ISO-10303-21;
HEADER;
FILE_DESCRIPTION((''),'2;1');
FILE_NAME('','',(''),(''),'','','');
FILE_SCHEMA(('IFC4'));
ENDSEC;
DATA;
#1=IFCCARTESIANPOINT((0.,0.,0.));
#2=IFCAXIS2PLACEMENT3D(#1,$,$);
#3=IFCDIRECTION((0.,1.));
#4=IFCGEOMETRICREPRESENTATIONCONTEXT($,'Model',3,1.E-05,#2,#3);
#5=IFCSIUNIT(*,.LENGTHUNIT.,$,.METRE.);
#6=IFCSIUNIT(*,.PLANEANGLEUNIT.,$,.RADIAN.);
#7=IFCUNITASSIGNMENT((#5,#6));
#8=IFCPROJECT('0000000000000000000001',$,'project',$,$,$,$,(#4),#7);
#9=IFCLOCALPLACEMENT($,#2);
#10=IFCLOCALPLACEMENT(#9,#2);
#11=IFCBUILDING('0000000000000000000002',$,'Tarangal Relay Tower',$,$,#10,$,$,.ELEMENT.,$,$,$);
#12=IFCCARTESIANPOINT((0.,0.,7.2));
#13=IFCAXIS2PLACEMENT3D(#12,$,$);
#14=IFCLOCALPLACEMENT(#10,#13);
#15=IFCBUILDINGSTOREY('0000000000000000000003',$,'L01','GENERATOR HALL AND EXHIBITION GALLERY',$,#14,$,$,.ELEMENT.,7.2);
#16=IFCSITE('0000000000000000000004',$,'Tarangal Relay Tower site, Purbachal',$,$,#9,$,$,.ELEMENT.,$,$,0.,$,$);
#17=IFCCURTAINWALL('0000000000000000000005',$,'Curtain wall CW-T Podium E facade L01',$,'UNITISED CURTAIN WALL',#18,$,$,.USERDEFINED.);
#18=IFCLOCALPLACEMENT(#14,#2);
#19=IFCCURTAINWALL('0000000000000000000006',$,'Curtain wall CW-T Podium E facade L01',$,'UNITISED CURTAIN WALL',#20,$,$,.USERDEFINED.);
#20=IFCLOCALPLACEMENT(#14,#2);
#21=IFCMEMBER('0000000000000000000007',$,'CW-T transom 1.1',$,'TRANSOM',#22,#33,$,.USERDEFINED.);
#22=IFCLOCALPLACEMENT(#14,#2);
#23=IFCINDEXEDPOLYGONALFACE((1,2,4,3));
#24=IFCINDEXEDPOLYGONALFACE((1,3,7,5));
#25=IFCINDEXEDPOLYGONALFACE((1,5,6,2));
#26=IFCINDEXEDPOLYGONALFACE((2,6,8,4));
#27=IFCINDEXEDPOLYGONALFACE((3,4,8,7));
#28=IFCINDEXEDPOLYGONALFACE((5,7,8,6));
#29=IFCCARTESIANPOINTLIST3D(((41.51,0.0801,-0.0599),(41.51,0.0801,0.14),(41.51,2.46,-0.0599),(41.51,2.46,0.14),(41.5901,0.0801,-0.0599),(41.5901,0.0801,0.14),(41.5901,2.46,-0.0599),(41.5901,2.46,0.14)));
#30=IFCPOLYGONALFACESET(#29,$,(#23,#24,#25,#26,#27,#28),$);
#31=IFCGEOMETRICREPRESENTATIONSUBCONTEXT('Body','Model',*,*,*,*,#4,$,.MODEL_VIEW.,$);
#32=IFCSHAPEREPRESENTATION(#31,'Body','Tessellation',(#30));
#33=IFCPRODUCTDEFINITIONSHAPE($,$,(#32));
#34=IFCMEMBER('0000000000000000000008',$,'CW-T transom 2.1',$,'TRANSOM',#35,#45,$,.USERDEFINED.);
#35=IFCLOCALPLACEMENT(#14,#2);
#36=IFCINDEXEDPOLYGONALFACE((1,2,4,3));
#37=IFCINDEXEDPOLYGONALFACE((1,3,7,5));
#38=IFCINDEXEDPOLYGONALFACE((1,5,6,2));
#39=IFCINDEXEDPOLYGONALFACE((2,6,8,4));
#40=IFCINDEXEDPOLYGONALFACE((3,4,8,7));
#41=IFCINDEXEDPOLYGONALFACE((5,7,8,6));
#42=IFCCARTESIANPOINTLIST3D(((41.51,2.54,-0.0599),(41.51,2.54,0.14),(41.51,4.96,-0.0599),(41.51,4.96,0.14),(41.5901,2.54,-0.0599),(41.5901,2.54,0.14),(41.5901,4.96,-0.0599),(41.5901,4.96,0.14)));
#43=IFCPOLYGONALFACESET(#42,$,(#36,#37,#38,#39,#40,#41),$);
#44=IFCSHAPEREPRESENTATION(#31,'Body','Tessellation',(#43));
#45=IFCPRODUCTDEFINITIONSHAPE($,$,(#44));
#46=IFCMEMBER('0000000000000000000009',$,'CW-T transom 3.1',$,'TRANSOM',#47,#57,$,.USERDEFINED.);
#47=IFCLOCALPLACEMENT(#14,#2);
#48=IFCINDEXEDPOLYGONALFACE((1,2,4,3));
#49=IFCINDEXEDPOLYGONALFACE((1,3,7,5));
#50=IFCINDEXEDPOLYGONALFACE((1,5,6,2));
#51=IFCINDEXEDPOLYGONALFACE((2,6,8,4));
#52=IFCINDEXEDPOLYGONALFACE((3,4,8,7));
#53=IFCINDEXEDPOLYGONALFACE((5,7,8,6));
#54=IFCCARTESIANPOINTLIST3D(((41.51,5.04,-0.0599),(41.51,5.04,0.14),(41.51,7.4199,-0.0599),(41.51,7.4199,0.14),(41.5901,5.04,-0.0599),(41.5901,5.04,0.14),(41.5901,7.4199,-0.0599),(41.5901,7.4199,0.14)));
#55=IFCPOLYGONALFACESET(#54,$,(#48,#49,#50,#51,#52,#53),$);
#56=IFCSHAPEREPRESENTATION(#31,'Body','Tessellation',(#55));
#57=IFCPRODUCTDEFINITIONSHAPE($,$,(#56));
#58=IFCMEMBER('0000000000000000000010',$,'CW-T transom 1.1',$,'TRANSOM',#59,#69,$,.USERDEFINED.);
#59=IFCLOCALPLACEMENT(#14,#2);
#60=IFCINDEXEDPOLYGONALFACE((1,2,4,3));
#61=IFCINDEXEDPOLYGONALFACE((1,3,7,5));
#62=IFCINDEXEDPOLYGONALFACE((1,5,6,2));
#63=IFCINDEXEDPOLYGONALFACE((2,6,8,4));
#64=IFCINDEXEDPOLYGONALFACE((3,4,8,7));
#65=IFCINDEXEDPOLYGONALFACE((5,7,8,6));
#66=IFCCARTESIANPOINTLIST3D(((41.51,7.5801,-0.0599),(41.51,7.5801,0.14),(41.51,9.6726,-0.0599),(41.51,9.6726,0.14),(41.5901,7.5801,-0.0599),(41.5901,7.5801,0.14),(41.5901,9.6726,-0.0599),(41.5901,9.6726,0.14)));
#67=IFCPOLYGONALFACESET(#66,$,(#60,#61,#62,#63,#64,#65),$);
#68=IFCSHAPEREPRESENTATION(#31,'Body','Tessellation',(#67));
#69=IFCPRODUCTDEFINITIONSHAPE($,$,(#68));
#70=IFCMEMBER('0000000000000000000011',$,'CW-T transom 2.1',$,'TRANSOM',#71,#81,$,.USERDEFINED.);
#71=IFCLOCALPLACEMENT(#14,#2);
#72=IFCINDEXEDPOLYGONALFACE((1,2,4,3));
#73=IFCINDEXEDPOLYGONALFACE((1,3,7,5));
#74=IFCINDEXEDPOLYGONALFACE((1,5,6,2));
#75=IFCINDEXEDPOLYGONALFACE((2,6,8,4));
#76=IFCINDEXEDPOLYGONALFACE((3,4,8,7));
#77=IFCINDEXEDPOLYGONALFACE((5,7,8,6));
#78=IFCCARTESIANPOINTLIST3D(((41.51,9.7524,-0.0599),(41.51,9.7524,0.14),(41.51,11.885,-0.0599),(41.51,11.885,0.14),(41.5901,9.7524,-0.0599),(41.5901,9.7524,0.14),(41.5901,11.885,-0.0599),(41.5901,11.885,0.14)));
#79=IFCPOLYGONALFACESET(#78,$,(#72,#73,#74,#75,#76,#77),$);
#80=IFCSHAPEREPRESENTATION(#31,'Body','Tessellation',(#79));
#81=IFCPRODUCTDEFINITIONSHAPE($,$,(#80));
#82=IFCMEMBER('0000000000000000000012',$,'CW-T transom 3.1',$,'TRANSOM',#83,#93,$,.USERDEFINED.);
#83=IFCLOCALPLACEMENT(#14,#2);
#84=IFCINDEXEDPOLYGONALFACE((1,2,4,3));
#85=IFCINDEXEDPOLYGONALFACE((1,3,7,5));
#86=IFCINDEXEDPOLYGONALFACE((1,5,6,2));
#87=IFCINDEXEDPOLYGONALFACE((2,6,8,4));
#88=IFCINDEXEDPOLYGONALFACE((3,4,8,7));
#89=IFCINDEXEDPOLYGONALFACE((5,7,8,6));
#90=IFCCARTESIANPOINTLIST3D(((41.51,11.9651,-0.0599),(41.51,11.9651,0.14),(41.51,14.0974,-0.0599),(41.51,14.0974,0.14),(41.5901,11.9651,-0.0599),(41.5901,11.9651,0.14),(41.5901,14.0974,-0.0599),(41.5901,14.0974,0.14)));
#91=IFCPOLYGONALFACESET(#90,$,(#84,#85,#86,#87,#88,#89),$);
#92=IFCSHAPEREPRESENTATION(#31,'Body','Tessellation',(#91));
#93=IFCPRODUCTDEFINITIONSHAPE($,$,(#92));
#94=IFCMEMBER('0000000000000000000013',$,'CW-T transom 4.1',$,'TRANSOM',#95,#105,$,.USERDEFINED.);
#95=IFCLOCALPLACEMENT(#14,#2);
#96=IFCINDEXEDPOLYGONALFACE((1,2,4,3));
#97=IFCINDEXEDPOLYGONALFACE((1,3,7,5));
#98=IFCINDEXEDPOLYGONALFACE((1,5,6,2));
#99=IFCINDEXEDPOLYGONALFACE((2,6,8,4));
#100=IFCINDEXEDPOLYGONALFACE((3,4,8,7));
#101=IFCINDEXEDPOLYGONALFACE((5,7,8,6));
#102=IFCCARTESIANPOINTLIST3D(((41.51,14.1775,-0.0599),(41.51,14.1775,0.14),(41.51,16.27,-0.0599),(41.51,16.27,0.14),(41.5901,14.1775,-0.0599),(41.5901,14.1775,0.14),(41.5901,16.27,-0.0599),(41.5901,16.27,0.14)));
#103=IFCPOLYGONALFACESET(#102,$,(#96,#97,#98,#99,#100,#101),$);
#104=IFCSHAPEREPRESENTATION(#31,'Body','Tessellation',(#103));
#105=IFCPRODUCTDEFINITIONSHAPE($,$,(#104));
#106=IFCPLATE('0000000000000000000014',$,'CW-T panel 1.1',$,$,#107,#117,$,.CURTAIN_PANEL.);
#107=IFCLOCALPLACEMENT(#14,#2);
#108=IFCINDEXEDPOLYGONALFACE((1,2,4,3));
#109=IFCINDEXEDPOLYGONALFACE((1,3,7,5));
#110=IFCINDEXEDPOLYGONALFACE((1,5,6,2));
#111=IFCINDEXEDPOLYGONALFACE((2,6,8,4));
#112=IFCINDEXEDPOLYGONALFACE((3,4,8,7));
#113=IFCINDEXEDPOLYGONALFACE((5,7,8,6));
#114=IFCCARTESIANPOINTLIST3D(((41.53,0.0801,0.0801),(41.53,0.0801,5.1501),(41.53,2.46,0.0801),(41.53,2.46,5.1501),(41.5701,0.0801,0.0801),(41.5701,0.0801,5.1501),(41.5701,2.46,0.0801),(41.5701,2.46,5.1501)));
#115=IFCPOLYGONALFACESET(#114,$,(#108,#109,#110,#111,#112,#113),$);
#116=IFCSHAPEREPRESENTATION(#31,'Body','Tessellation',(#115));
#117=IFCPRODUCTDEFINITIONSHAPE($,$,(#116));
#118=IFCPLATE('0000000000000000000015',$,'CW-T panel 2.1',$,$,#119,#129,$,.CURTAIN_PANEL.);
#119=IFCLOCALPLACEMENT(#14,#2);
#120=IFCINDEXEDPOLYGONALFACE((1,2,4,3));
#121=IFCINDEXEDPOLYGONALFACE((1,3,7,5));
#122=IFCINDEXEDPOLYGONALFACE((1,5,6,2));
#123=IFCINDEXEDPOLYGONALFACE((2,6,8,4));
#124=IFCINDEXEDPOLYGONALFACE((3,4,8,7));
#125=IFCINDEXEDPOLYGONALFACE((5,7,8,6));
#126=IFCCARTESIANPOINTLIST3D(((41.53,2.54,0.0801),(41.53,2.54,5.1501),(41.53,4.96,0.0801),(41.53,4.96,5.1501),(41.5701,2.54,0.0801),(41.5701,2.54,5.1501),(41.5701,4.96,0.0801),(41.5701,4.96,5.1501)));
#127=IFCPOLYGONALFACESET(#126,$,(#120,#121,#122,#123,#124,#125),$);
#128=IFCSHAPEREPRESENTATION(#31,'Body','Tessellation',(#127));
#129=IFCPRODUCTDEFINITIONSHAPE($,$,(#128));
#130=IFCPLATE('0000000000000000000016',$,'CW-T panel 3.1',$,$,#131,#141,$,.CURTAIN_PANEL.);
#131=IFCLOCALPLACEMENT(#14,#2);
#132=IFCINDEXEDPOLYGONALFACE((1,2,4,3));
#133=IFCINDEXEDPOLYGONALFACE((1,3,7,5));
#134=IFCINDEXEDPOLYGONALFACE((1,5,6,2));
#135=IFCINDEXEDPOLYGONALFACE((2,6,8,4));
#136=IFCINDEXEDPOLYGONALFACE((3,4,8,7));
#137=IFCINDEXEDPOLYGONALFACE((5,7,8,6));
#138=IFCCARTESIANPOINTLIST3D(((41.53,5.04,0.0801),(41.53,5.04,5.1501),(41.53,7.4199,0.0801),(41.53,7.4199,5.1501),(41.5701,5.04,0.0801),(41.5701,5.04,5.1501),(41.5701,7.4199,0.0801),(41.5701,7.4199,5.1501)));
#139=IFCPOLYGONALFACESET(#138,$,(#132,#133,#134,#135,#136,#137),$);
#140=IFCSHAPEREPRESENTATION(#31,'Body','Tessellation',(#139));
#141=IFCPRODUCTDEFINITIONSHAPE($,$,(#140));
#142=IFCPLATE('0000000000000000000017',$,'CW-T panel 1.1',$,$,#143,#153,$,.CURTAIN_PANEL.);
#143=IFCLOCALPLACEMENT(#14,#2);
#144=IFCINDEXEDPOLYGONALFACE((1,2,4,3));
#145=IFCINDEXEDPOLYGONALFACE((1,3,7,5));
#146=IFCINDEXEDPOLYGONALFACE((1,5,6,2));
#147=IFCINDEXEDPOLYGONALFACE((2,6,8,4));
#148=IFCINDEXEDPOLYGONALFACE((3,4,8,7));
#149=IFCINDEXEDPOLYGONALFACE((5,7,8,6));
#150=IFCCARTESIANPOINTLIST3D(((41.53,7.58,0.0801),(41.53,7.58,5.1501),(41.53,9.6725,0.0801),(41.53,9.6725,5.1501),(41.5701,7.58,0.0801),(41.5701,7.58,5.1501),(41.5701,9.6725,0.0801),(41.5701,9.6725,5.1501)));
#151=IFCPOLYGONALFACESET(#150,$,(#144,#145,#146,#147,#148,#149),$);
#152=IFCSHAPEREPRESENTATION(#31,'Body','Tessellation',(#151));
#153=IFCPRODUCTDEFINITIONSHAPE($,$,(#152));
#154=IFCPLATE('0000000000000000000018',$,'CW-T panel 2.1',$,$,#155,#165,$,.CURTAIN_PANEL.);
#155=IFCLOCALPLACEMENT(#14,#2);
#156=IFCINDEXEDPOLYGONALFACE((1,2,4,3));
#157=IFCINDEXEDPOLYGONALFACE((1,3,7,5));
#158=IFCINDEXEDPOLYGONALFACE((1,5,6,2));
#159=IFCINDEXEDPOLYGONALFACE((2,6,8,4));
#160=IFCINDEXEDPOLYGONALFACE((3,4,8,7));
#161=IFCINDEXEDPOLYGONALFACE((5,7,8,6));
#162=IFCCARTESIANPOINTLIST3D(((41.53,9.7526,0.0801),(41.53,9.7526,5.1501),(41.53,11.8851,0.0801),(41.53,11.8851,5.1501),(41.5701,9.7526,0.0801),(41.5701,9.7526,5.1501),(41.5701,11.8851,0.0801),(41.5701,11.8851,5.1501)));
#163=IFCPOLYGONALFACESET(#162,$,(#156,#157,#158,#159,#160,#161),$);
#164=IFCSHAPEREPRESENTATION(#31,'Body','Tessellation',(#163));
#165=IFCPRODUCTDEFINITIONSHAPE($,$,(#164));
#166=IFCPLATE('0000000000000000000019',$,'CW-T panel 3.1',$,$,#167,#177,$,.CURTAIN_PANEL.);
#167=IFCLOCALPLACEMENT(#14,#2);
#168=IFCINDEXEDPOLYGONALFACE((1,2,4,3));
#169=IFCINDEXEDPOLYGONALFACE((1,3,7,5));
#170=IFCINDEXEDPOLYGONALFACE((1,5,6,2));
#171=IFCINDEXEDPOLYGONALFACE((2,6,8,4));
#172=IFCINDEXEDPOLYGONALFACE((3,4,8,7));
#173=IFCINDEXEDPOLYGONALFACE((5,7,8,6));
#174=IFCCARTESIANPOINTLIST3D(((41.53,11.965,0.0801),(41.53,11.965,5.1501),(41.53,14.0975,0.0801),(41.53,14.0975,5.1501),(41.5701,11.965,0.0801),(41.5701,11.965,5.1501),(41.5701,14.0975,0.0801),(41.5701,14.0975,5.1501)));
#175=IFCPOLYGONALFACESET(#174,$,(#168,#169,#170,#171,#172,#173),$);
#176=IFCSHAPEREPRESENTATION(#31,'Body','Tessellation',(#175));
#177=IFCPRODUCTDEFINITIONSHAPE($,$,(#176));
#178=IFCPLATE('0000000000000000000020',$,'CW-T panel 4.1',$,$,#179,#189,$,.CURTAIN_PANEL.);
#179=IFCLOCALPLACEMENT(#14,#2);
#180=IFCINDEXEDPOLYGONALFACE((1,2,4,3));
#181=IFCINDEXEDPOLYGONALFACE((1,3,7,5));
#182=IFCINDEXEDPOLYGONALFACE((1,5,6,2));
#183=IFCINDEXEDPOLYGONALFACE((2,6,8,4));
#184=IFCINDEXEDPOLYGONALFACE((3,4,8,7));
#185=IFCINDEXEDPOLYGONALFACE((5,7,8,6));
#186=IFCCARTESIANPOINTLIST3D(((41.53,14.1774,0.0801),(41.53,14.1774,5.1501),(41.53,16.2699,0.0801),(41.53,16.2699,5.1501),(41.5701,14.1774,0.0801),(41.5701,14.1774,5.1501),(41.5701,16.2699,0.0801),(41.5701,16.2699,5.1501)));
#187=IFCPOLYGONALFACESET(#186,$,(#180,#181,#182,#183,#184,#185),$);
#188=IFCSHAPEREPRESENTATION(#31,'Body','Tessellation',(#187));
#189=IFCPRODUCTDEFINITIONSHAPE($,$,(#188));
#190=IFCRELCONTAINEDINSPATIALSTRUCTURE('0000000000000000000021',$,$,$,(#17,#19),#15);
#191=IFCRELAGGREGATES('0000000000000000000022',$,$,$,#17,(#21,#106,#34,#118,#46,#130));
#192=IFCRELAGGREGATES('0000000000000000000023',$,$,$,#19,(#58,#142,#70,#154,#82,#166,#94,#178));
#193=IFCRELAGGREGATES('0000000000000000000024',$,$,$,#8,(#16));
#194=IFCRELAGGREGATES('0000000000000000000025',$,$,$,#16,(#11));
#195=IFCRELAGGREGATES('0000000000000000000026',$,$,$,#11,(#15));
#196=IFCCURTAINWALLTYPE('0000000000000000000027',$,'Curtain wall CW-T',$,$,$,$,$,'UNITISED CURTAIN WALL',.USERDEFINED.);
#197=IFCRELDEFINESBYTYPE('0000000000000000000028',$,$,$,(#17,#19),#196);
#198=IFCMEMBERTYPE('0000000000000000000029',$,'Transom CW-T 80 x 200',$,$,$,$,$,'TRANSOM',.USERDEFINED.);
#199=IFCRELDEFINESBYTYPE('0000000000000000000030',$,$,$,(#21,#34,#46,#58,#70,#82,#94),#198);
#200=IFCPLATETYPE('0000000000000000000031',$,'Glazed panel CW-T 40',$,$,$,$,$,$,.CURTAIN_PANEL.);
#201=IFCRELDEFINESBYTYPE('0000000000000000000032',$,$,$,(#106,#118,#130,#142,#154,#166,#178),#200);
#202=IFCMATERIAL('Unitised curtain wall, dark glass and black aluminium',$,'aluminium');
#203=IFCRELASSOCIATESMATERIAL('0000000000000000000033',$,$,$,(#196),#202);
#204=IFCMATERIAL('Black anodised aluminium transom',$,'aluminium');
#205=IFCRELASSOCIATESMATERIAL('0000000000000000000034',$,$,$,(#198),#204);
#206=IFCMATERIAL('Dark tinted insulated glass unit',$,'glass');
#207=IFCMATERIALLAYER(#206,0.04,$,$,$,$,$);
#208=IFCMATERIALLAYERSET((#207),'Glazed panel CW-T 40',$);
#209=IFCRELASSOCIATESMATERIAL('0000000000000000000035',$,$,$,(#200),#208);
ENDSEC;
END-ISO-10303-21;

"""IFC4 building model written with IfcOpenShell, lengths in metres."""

from ifc_helpers import new_model, si_unit, direction, frame, origin, origin_2d, place, context, subcontext, project, spatial, rectangle, extrude, material, layer, layer_set, material_profile, profile_set, type_object, element, aggregate, save


model = new_model("IFC4")

# Units and contexts
model_context = context("Model", 3, precision=1e-05, world=origin(), true_north=direction((0.0, 1.0)))
body_context = subcontext(model_context, "Body", "Model", "MODEL_VIEW")
ifc_project = project(units=[si_unit("LENGTHUNIT", "METRE"), si_unit("PLANEANGLEUNIT", "RADIAN")], contexts=[model_context])

# Site, building, storey
site_placement = place(None, origin())
site = spatial("IfcSite", under=ifc_project, at=site_placement, Name="Tarangal Relay Tower site, Purbachal", CompositionType="ELEMENT", RefElevation=0.0)
building_placement = place(site_placement, origin())
building = spatial("IfcBuilding", under=site, at=building_placement, Name="Tarangal Relay Tower", CompositionType="ELEMENT")
storey_placement = place(building_placement, frame((0.0, 0.0, 7.2)))
storey = spatial("IfcBuildingStorey", under=building, at=storey_placement, Name="L01", Description="GENERATOR HALL AND EXHIBITION GALLERY", CompositionType="ELEMENT", Elevation=7.2)

# Shared definitions
ifc_material_1 = material(Name="Unitised curtain wall, dark glass and black aluminium", Category="aluminium")

# Curtain walls
curtain_wall_type_1 = type_object("IfcCurtainWallType", Name="Curtain wall CW-T", ElementType="UNITISED CURTAIN WALL", PredefinedType="USERDEFINED", material=ifc_material_1)
curtain_wall_1_placement = place(storey_placement, origin())
curtain_wall_1 = element("IfcCurtainWall", 1, at=curtain_wall_1_placement, inside=storey, type_object=curtain_wall_type_1, Name="Curtain wall CW-T Podium E facade L01", ObjectType="UNITISED CURTAIN WALL", PredefinedType="USERDEFINED")
curtain_wall_2_placement = place(storey_placement, origin())
curtain_wall_2 = element("IfcCurtainWall", 2, at=curtain_wall_2_placement, inside=storey, type_object=curtain_wall_type_1, Name="Curtain wall CW-T Podium E facade L01", ObjectType="UNITISED CURTAIN WALL", PredefinedType="USERDEFINED")

# Members
ifc_material_2 = material(Name="Black anodised aluminium transom", Category="aluminium")
ifc_material_profile_1 = material_profile(ifc_material_2, rectangle(XDim=0.0801, YDim=0.2, at=origin_2d()), Name="CW-TT 80X200")
ifc_profile_set_1 = profile_set([ifc_material_profile_1], Name="Black anodised aluminium transom")
member_type_1 = type_object("IfcMemberType", Name="Transom CW-T 80 x 200", ElementType="TRANSOM", PredefinedType="USERDEFINED", material=ifc_profile_set_1)
member_1_placement = place(storey_placement, frame((41.55, 0.0801, 0.04), z_axis=(0.0, 1.0, 0.0), x_axis=(-1.0, 0.0, 0.0)))
member_1 = element("IfcMember", 3, at=member_1_placement, type_object=member_type_1, Name="CW-T transom 1.1", ObjectType="TRANSOM", PredefinedType="USERDEFINED", context=body_context, shape_type="SweptSolid", body=[
    extrude(rectangle(XDim=0.0801, YDim=0.2, at=origin_2d()), origin(), (0.0, 0.0, 1.0), 2.3799),
])
member_2_placement = place(storey_placement, frame((41.55, 2.54, 0.04), z_axis=(0.0, 1.0, 0.0), x_axis=(-1.0, 0.0, 0.0)))
member_2 = element("IfcMember", 4, at=member_2_placement, type_object=member_type_1, Name="CW-T transom 2.1", ObjectType="TRANSOM", PredefinedType="USERDEFINED", context=body_context, shape_type="SweptSolid", body=[
    extrude(rectangle(XDim=0.0801, YDim=0.2, at=origin_2d()), origin(), (0.0, 0.0, 1.0), 2.4199),
])
member_3_placement = place(storey_placement, frame((41.55, 5.04, 0.04), z_axis=(0.0, 1.0, 0.0), x_axis=(-1.0, 0.0, 0.0)))
member_3 = element("IfcMember", 5, at=member_3_placement, type_object=member_type_1, Name="CW-T transom 3.1", ObjectType="TRANSOM", PredefinedType="USERDEFINED", context=body_context, shape_type="SweptSolid", body=[
    extrude(rectangle(XDim=0.0801, YDim=0.2, at=origin_2d()), origin(), (0.0, 0.0, 1.0), 2.3799),
])
member_4_placement = place(storey_placement, frame((41.55, 7.5801, 0.04), z_axis=(0.0, 1.0, 0.0), x_axis=(-1.0, 0.0, 0.0)))
member_4 = element("IfcMember", 6, at=member_4_placement, type_object=member_type_1, Name="CW-T transom 1.1", ObjectType="TRANSOM", PredefinedType="USERDEFINED", context=body_context, shape_type="SweptSolid", body=[
    extrude(rectangle(XDim=0.0801, YDim=0.2, at=origin_2d()), origin(), (0.0, 0.0, 1.0), 2.0925),
])
member_5_placement = place(storey_placement, frame((41.55, 9.7524, 0.04), z_axis=(0.0, 1.0, 0.0), x_axis=(-1.0, 0.0, 0.0)))
member_5 = element("IfcMember", 7, at=member_5_placement, type_object=member_type_1, Name="CW-T transom 2.1", ObjectType="TRANSOM", PredefinedType="USERDEFINED", context=body_context, shape_type="SweptSolid", body=[
    extrude(rectangle(XDim=0.0801, YDim=0.2, at=origin_2d()), origin(), (0.0, 0.0, 1.0), 2.1326),
])
member_6_placement = place(storey_placement, frame((41.55, 11.9651, 0.04), z_axis=(0.0, 1.0, 0.0), x_axis=(-1.0, 0.0, 0.0)))
member_6 = element("IfcMember", 8, at=member_6_placement, type_object=member_type_1, Name="CW-T transom 3.1", ObjectType="TRANSOM", PredefinedType="USERDEFINED", context=body_context, shape_type="SweptSolid", body=[
    extrude(rectangle(XDim=0.0801, YDim=0.2, at=origin_2d()), origin(), (0.0, 0.0, 1.0), 2.1323),
])
member_7_placement = place(storey_placement, frame((41.55, 14.1775, 0.04), z_axis=(0.0, 1.0, 0.0), x_axis=(-1.0, 0.0, 0.0)))
member_7 = element("IfcMember", 9, at=member_7_placement, type_object=member_type_1, Name="CW-T transom 4.1", ObjectType="TRANSOM", PredefinedType="USERDEFINED", context=body_context, shape_type="SweptSolid", body=[
    extrude(rectangle(XDim=0.0801, YDim=0.2, at=origin_2d()), origin(), (0.0, 0.0, 1.0), 2.0925),
])

# Plates
ifc_material_3 = material(Name="Dark tinted insulated glass unit", Category="glass")
ifc_layer = layer(ifc_material_3, 0.04)
ifc_layer_set = layer_set([ifc_layer], Name="Glazed panel CW-T 40")
plate_type = type_object("IfcPlateType", Name="Glazed panel CW-T 40", PredefinedType="CURTAIN_PANEL", material=ifc_layer_set)
plate_1_placement = place(storey_placement, frame((41.55, 1.27, 0.0801), z_axis=(0.0, 0.0, 1.0), x_axis=(0.0, 1.0, 0.0)))
plate_1 = element("IfcPlate", 10, at=plate_1_placement, type_object=plate_type, Name="CW-T panel 1.1", PredefinedType="CURTAIN_PANEL", context=body_context, shape_type="SweptSolid", body=[
    extrude(rectangle(XDim=2.3799, YDim=0.04, at=origin_2d()), origin(), (0.0, 0.0, 1.0), 5.0701),
])
plate_2_placement = place(storey_placement, frame((41.55, 3.75, 0.0801), z_axis=(0.0, 0.0, 1.0), x_axis=(0.0, 1.0, 0.0)))
plate_2 = element("IfcPlate", 11, at=plate_2_placement, type_object=plate_type, Name="CW-T panel 2.1", PredefinedType="CURTAIN_PANEL", context=body_context, shape_type="SweptSolid", body=[
    extrude(rectangle(XDim=2.4199, YDim=0.04, at=origin_2d()), origin(), (0.0, 0.0, 1.0), 5.0701),
])
plate_3_placement = place(storey_placement, frame((41.55, 6.23, 0.0801), z_axis=(0.0, 0.0, 1.0), x_axis=(0.0, 1.0, 0.0)))
plate_3 = element("IfcPlate", 12, at=plate_3_placement, type_object=plate_type, Name="CW-T panel 3.1", PredefinedType="CURTAIN_PANEL", context=body_context, shape_type="SweptSolid", body=[
    extrude(rectangle(XDim=2.3799, YDim=0.04, at=origin_2d()), origin(), (0.0, 0.0, 1.0), 5.0701),
])
aggregate(curtain_wall_1, [member_1, plate_1, member_2, plate_2, member_3, plate_3])
plate_4_placement = place(storey_placement, frame((41.55, 8.6262, 0.0801), z_axis=(0.0, 0.0, 1.0), x_axis=(0.0, 1.0, 0.0)))
plate_4 = element("IfcPlate", 13, at=plate_4_placement, type_object=plate_type, Name="CW-T panel 1.1", PredefinedType="CURTAIN_PANEL", context=body_context, shape_type="SweptSolid", body=[
    extrude(rectangle(XDim=2.0925, YDim=0.04, at=origin_2d()), origin(), (0.0, 0.0, 1.0), 5.0701),
])
plate_5_placement = place(storey_placement, frame((41.55, 10.8188, 0.0801), z_axis=(0.0, 0.0, 1.0), x_axis=(0.0, 1.0, 0.0)))
plate_5 = element("IfcPlate", 14, at=plate_5_placement, type_object=plate_type, Name="CW-T panel 2.1", PredefinedType="CURTAIN_PANEL", context=body_context, shape_type="SweptSolid", body=[
    extrude(rectangle(XDim=2.1326, YDim=0.04, at=origin_2d()), origin(), (0.0, 0.0, 1.0), 5.0701),
])
plate_6_placement = place(storey_placement, frame((41.55, 13.0312, 0.0801), z_axis=(0.0, 0.0, 1.0), x_axis=(0.0, 1.0, 0.0)))
plate_6 = element("IfcPlate", 15, at=plate_6_placement, type_object=plate_type, Name="CW-T panel 3.1", PredefinedType="CURTAIN_PANEL", context=body_context, shape_type="SweptSolid", body=[
    extrude(rectangle(XDim=2.1326, YDim=0.04, at=origin_2d()), origin(), (0.0, 0.0, 1.0), 5.0701),
])
plate_7_placement = place(storey_placement, frame((41.55, 15.2236, 0.0801), z_axis=(0.0, 0.0, 1.0), x_axis=(0.0, 1.0, 0.0)))
plate_7 = element("IfcPlate", 16, at=plate_7_placement, type_object=plate_type, Name="CW-T panel 4.1", PredefinedType="CURTAIN_PANEL", context=body_context, shape_type="SweptSolid", body=[
    extrude(rectangle(XDim=2.0925, YDim=0.04, at=origin_2d()), origin(), (0.0, 0.0, 1.0), 5.0701),
])
aggregate(curtain_wall_2, [member_4, plate_4, member_5, plate_5, member_6, plate_6, member_7, plate_7])

save(model, "model.ifc")
